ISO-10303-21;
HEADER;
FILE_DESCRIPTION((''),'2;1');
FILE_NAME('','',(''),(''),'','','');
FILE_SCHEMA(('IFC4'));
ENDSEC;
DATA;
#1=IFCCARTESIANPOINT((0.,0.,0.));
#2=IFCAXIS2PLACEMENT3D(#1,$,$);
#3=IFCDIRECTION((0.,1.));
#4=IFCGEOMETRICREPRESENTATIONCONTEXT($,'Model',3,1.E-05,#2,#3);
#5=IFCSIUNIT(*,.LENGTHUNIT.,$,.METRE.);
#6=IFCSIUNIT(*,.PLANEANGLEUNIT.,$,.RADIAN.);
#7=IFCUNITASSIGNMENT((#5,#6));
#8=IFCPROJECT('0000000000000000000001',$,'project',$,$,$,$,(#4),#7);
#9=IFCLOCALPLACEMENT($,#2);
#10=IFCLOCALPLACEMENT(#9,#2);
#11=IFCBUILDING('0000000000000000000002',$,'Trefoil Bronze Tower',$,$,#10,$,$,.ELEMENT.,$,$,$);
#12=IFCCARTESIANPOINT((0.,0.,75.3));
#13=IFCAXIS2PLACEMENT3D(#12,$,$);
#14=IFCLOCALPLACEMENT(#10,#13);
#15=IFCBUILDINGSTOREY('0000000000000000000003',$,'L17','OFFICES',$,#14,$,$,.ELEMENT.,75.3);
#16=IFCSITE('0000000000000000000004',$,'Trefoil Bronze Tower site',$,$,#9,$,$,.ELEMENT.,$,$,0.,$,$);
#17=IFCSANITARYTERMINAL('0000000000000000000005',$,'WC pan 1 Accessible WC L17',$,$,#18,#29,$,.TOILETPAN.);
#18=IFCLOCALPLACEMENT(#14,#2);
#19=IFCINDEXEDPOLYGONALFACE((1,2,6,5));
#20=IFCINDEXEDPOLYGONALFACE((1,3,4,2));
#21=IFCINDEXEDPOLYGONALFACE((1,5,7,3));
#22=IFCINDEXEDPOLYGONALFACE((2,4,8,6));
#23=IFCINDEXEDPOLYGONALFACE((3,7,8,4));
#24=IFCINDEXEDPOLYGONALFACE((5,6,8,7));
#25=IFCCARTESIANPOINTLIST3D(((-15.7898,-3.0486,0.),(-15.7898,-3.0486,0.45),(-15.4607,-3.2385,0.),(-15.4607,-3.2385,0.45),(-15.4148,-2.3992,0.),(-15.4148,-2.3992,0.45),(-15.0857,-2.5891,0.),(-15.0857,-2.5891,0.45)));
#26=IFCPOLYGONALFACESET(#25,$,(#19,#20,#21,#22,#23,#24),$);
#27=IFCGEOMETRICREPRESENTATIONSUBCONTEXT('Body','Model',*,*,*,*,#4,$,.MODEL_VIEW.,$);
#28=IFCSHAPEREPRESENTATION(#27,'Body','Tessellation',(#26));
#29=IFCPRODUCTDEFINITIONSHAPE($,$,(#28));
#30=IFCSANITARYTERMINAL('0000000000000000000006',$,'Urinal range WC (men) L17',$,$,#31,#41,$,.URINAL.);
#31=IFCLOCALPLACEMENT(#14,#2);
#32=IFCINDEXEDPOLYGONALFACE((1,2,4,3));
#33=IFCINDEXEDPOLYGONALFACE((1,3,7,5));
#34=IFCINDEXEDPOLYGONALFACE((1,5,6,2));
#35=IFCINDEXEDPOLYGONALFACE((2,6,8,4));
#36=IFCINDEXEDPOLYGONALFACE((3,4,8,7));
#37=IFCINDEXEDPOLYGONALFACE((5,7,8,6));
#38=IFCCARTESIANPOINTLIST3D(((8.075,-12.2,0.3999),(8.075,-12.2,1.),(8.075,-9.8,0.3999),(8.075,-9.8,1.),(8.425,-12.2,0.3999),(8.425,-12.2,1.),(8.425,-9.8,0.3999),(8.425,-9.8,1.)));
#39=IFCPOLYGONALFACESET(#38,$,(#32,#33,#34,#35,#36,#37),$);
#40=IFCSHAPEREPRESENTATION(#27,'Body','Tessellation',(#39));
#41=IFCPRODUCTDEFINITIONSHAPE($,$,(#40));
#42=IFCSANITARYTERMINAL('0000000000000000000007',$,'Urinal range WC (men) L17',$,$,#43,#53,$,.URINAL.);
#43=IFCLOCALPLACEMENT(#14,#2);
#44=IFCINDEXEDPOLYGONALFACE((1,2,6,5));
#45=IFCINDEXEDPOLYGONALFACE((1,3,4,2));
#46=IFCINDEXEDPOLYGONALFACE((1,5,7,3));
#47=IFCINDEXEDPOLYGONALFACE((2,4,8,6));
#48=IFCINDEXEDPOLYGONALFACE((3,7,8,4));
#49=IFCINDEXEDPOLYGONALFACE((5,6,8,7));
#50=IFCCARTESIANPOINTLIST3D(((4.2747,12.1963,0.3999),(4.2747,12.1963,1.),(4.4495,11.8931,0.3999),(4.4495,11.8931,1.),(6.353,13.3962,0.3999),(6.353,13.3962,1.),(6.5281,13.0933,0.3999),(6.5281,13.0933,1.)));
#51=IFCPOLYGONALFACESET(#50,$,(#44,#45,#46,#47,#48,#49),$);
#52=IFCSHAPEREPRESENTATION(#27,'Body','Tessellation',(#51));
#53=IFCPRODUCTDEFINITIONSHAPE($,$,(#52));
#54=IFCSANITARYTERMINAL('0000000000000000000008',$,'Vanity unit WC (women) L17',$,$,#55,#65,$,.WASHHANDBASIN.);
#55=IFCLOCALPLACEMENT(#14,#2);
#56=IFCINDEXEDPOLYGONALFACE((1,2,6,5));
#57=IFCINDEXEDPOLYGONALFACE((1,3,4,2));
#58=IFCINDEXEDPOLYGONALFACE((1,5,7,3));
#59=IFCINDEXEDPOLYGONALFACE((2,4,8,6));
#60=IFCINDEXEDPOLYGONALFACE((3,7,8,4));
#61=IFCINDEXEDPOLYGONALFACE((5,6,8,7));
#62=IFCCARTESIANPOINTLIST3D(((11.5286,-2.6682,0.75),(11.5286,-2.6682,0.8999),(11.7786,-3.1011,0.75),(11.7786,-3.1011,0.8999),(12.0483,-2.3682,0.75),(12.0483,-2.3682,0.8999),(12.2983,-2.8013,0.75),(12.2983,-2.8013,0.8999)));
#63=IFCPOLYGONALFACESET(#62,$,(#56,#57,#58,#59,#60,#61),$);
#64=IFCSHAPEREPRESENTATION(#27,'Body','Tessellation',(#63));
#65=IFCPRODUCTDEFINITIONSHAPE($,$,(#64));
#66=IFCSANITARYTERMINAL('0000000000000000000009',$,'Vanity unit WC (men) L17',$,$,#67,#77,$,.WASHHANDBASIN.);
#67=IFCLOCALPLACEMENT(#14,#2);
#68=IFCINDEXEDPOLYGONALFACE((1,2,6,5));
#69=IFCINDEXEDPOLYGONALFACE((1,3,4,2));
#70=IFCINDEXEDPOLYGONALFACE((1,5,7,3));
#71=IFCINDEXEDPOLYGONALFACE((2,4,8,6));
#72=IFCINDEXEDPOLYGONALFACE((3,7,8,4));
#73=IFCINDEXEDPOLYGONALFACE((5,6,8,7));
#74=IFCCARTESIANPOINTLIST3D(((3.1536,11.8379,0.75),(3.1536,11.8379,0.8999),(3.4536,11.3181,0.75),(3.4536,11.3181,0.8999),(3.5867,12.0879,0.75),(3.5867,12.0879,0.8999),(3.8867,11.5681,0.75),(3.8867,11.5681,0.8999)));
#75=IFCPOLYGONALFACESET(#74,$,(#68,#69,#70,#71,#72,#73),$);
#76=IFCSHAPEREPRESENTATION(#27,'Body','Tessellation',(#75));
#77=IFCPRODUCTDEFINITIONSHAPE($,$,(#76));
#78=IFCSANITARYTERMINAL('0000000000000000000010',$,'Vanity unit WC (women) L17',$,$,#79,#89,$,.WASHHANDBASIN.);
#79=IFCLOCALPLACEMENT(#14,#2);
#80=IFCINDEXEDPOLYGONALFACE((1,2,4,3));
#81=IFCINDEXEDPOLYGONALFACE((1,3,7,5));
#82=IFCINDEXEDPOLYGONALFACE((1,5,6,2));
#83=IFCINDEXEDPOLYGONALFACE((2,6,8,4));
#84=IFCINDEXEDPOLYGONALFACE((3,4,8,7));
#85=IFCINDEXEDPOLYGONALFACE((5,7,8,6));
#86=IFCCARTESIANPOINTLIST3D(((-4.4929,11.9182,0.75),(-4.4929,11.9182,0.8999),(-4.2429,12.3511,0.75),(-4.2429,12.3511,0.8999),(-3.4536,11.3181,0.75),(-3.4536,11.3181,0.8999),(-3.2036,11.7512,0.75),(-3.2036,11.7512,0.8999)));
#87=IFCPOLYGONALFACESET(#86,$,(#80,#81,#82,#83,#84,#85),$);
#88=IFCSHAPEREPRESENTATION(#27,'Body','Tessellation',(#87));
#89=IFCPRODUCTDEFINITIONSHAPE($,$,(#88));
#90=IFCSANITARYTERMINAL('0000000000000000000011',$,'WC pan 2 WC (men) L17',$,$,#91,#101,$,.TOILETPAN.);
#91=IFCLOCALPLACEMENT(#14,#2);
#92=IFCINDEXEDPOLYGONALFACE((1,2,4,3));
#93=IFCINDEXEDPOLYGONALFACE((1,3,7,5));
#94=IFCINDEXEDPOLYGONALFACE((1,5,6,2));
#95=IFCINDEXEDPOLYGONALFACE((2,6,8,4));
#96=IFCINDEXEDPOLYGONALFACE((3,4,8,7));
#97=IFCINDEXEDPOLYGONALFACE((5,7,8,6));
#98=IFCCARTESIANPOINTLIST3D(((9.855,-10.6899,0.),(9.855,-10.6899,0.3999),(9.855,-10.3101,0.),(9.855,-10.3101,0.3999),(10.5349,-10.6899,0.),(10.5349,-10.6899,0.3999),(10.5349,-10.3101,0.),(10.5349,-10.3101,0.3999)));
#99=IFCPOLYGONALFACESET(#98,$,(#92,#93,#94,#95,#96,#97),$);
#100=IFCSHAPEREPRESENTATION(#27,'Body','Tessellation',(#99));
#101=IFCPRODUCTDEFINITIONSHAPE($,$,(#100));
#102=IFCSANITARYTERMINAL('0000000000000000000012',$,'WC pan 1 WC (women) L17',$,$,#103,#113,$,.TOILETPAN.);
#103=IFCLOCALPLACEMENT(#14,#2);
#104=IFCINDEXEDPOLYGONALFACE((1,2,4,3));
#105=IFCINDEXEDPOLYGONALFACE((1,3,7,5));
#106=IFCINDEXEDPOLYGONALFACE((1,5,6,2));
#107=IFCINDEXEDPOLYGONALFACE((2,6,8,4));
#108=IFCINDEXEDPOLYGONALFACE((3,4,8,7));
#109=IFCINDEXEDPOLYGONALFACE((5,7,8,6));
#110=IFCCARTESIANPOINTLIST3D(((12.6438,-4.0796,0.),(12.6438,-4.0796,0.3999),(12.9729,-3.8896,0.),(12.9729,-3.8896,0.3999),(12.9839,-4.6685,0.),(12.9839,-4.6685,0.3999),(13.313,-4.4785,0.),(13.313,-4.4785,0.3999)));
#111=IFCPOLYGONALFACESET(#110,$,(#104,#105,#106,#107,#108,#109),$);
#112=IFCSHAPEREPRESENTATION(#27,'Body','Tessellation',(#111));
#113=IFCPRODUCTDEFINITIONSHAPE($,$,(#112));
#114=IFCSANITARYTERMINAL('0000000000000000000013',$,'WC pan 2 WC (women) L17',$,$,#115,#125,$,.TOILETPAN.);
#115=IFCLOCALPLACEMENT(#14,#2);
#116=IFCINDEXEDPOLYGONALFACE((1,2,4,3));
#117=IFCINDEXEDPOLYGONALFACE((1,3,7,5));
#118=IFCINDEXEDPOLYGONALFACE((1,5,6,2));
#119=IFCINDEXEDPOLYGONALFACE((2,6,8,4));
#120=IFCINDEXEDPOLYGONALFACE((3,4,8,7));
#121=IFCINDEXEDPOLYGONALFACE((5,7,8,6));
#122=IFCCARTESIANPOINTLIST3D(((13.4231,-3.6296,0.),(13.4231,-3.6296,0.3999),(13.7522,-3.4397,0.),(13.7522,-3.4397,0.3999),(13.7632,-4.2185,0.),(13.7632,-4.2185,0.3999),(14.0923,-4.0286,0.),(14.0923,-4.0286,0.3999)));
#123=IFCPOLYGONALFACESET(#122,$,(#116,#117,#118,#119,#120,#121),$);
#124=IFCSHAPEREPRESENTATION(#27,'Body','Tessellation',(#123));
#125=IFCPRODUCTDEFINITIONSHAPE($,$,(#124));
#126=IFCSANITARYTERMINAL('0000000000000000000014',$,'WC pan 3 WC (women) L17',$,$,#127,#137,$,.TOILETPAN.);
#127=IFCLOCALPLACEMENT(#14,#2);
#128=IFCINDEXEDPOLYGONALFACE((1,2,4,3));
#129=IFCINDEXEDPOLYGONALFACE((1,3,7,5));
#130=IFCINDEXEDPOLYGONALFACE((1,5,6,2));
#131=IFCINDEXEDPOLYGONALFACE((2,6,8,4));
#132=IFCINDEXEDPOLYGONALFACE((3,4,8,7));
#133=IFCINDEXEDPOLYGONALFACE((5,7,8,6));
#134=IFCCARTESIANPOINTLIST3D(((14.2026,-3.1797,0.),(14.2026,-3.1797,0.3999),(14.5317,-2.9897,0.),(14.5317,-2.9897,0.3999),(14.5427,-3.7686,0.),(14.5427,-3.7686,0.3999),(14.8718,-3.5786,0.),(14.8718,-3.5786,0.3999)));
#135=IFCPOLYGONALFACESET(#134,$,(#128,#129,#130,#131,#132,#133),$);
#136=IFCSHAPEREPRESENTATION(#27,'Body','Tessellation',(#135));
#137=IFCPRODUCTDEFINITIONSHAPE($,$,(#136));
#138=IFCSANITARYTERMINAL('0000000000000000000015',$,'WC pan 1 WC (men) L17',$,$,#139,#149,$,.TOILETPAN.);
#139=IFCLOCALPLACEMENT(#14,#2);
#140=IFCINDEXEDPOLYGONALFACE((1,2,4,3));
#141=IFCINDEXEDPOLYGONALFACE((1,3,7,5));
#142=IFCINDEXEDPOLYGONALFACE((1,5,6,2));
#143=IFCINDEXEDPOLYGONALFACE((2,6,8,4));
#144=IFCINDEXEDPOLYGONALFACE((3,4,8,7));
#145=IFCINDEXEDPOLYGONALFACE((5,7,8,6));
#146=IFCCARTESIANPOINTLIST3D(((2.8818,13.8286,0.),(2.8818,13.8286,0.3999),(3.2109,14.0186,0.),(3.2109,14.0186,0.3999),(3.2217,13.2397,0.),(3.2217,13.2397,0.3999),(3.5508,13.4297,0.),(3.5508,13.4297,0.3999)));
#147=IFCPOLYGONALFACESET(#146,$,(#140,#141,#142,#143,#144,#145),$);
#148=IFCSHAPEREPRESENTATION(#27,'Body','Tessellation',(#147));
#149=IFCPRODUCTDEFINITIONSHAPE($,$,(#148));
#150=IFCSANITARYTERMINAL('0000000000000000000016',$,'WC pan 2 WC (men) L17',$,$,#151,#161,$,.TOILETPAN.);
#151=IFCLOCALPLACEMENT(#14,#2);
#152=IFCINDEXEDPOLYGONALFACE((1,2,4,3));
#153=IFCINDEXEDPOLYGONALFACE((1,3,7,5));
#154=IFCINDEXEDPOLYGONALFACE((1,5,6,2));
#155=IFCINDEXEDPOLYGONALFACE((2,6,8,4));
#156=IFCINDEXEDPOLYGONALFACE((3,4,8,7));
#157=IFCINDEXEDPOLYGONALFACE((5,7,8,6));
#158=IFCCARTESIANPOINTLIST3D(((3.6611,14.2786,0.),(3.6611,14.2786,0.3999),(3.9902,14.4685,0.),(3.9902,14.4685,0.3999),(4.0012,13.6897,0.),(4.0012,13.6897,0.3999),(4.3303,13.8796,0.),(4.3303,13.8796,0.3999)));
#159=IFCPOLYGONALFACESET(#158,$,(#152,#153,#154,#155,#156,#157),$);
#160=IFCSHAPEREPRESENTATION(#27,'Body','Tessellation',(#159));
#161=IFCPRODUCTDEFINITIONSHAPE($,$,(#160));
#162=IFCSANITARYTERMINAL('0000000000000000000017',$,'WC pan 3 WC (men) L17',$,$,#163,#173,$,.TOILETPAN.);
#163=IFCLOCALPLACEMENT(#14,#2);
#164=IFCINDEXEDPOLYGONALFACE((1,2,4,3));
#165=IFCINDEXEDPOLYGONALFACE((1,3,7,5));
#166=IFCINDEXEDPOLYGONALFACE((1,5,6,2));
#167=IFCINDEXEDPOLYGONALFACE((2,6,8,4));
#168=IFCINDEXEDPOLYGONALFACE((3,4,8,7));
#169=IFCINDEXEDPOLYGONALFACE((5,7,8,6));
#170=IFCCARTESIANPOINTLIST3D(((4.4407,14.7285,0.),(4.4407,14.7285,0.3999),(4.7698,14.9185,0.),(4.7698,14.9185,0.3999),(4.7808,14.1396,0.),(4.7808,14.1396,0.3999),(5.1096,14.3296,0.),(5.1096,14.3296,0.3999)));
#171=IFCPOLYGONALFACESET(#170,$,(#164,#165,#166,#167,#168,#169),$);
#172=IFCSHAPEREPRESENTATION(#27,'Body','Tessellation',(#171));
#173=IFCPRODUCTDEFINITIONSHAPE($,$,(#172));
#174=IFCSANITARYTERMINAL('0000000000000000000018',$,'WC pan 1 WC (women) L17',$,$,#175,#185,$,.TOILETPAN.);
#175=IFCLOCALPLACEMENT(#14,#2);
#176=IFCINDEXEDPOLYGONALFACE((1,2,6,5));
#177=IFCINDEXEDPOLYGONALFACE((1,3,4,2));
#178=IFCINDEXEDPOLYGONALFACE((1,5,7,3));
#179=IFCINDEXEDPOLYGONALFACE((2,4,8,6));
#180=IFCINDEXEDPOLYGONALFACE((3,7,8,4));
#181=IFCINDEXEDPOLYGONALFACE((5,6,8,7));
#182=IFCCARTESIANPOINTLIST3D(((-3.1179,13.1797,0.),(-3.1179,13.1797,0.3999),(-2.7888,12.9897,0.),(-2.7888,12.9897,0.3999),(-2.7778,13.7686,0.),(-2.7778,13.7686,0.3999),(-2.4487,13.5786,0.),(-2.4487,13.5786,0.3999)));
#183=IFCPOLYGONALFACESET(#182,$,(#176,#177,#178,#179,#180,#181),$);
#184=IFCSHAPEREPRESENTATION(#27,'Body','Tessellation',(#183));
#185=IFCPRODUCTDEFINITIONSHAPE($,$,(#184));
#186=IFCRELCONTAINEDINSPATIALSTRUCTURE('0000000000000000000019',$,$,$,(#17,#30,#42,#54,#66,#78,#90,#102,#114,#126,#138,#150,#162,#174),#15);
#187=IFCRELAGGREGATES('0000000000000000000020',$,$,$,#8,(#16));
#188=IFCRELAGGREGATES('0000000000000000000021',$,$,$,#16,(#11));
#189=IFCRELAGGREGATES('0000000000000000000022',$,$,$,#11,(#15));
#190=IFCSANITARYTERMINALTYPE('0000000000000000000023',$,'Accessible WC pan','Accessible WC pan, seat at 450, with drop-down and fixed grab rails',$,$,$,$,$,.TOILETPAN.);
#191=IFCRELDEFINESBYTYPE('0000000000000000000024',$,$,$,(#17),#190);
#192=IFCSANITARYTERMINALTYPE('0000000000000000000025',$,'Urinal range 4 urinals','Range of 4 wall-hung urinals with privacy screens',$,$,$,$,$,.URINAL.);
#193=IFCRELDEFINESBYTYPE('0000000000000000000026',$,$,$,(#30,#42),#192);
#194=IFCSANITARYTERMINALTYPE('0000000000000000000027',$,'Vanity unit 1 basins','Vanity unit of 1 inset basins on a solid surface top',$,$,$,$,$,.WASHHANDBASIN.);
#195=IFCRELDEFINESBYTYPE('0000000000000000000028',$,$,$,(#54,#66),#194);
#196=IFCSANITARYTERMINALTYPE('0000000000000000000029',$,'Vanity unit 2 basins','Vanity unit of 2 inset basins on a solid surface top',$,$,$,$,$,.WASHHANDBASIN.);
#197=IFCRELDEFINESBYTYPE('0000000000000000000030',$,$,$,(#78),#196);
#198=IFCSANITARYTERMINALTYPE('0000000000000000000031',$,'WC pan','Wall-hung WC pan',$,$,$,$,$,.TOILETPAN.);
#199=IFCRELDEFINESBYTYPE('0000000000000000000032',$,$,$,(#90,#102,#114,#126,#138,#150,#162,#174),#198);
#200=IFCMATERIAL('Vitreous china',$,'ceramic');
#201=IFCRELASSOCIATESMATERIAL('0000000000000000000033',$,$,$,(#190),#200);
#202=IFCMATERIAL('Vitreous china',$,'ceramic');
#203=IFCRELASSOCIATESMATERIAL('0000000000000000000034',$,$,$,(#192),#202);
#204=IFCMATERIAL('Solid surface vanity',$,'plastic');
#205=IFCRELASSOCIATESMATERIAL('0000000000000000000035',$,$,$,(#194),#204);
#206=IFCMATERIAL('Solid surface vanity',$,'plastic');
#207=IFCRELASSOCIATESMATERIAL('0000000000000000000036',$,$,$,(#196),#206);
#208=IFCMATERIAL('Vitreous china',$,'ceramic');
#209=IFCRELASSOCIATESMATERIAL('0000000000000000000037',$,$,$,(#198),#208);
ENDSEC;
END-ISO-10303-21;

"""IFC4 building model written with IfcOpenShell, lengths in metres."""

from ifc_helpers import new_model, si_unit, direction, frame, origin, place, context, subcontext, project, spatial, polyline, outline, extrude, material, type_object, element, save


model = new_model("IFC4")

# Units and contexts
model_context = context("Model", 3, precision=1e-05, world=origin(), true_north=direction((0.0, 1.0)))
body_context = subcontext(model_context, "Body", "Model", "MODEL_VIEW")
ifc_project = project(units=[si_unit("LENGTHUNIT", "METRE"), si_unit("PLANEANGLEUNIT", "RADIAN")], contexts=[model_context])

# Site, building, storey
site_placement = place(None, origin())
site = spatial("IfcSite", under=ifc_project, at=site_placement, Name="Trefoil Bronze Tower site", CompositionType="ELEMENT", RefElevation=0.0)
building_placement = place(site_placement, origin())
building = spatial("IfcBuilding", under=site, at=building_placement, Name="Trefoil Bronze Tower", CompositionType="ELEMENT")
storey_placement = place(building_placement, frame((0.0, 0.0, 75.3)))
storey = spatial("IfcBuildingStorey", under=building, at=storey_placement, Name="L17", Description="OFFICES", CompositionType="ELEMENT", Elevation=75.3)

# Sanitary terminals
ifc_material_1 = material(Name="Vitreous china", Category="ceramic")
sanitary_terminal_type_1 = type_object("IfcSanitaryTerminalType", Name="Accessible WC pan", Description="Accessible WC pan, seat at 450, with drop-down and fixed grab rails", PredefinedType="TOILETPAN", material=ifc_material_1)
sanitary_terminal_1_placement = place(storey_placement, origin())
element("IfcSanitaryTerminal", 1, at=sanitary_terminal_1_placement, inside=storey, type_object=sanitary_terminal_type_1, Name="WC pan 1 Accessible WC L17", PredefinedType="TOILETPAN", context=body_context, shape_type="SweptSolid", body=[
    extrude(outline(polyline([(-15.0857, -2.5891), (-15.4607, -3.2385), (-15.7898, -3.0486), (-15.4148, -2.3992), (-15.0857, -2.5891)])), origin(), (0.0, 0.0, 1.0), 0.45),
])
ifc_material_2 = material(Name="Vitreous china", Category="ceramic")
sanitary_terminal_type_2 = type_object("IfcSanitaryTerminalType", Name="Urinal range 4 urinals", Description="Range of 4 wall-hung urinals with privacy screens", PredefinedType="URINAL", material=ifc_material_2)
sanitary_terminal_2_placement = place(storey_placement, frame((0.0, 0.0, 0.3999)))
element("IfcSanitaryTerminal", 2, at=sanitary_terminal_2_placement, inside=storey, type_object=sanitary_terminal_type_2, Name="Urinal range WC (men) L17", PredefinedType="URINAL", context=body_context, shape_type="SweptSolid", body=[
    extrude(outline(polyline([(8.075, -9.8), (8.425, -9.8), (8.425, -12.2), (8.075, -12.2), (8.075, -9.8)])), origin(), (0.0, 0.0, 1.0), 0.6001),
])
sanitary_terminal_3_placement = place(storey_placement, frame((0.0, 0.0, 0.3999)))
element("IfcSanitaryTerminal", 3, at=sanitary_terminal_3_placement, inside=storey, type_object=sanitary_terminal_type_2, Name="Urinal range WC (men) L17", PredefinedType="URINAL", context=body_context, shape_type="SweptSolid", body=[
    extrude(outline(polyline([(4.4495, 11.8931), (4.2747, 12.1963), (6.353, 13.3962), (6.5281, 13.0933), (4.4495, 11.8931)])), origin(), (0.0, 0.0, 1.0), 0.6001),
])
ifc_material_3 = material(Name="Solid surface vanity", Category="plastic")
sanitary_terminal_type_3 = type_object("IfcSanitaryTerminalType", Name="Vanity unit 1 basins", Description="Vanity unit of 1 inset basins on a solid surface top", PredefinedType="WASHHANDBASIN", material=ifc_material_3)
sanitary_terminal_4_placement = place(storey_placement, frame((0.0, 0.0, 0.75)))
element("IfcSanitaryTerminal", 4, at=sanitary_terminal_4_placement, inside=storey, type_object=sanitary_terminal_type_3, Name="Vanity unit WC (women) L17", PredefinedType="WASHHANDBASIN", context=body_context, shape_type="SweptSolid", body=[
    extrude(outline(polyline([(11.5286, -2.6682), (11.7786, -3.1011), (12.2983, -2.8013), (12.0483, -2.3682), (11.5286, -2.6682)])), origin(), (0.0, 0.0, 1.0), 0.1499),
])
sanitary_terminal_5_placement = place(storey_placement, frame((0.0, 0.0, 0.75)))
element("IfcSanitaryTerminal", 5, at=sanitary_terminal_5_placement, inside=storey, type_object=sanitary_terminal_type_3, Name="Vanity unit WC (men) L17", PredefinedType="WASHHANDBASIN", context=body_context, shape_type="SweptSolid", body=[
    extrude(outline(polyline([(3.4536, 11.3181), (3.1536, 11.8379), (3.5867, 12.0879), (3.8867, 11.5681), (3.4536, 11.3181)])), origin(), (0.0, 0.0, 1.0), 0.1499),
])
ifc_material_4 = material(Name="Solid surface vanity", Category="plastic")
sanitary_terminal_type_4 = type_object("IfcSanitaryTerminalType", Name="Vanity unit 2 basins", Description="Vanity unit of 2 inset basins on a solid surface top", PredefinedType="WASHHANDBASIN", material=ifc_material_4)
sanitary_terminal_6_placement = place(storey_placement, frame((0.0, 0.0, 0.75)))
element("IfcSanitaryTerminal", 6, at=sanitary_terminal_6_placement, inside=storey, type_object=sanitary_terminal_type_4, Name="Vanity unit WC (women) L17", PredefinedType="WASHHANDBASIN", context=body_context, shape_type="SweptSolid", body=[
    extrude(outline(polyline([(-3.4536, 11.3181), (-3.2036, 11.7512), (-4.2429, 12.3511), (-4.4929, 11.9182), (-3.4536, 11.3181)])), origin(), (0.0, 0.0, 1.0), 0.1499),
])
ifc_material_5 = material(Name="Vitreous china", Category="ceramic")
sanitary_terminal_type_5 = type_object("IfcSanitaryTerminalType", Name="WC pan", Description="Wall-hung WC pan", PredefinedType="TOILETPAN", material=ifc_material_5)
sanitary_terminal_7_placement = place(storey_placement, origin())
element("IfcSanitaryTerminal", 7, at=sanitary_terminal_7_placement, inside=storey, type_object=sanitary_terminal_type_5, Name="WC pan 2 WC (men) L17", PredefinedType="TOILETPAN", context=body_context, shape_type="SweptSolid", body=[
    extrude(outline(polyline([(9.855, -10.3101), (10.5349, -10.3101), (10.5349, -10.6899), (9.855, -10.6899), (9.855, -10.3101)])), origin(), (0.0, 0.0, 1.0), 0.3999),
])
sanitary_terminal_8_placement = place(storey_placement, origin())
element("IfcSanitaryTerminal", 8, at=sanitary_terminal_8_placement, inside=storey, type_object=sanitary_terminal_type_5, Name="WC pan 1 WC (women) L17", PredefinedType="TOILETPAN", context=body_context, shape_type="SweptSolid", body=[
    extrude(outline(polyline([(12.6438, -4.0796), (12.9839, -4.6685), (13.313, -4.4785), (12.9729, -3.8896), (12.6438, -4.0796)])), origin(), (0.0, 0.0, 1.0), 0.3999),
])
sanitary_terminal_9_placement = place(storey_placement, origin())
element("IfcSanitaryTerminal", 9, at=sanitary_terminal_9_placement, inside=storey, type_object=sanitary_terminal_type_5, Name="WC pan 2 WC (women) L17", PredefinedType="TOILETPAN", context=body_context, shape_type="SweptSolid", body=[
    extrude(outline(polyline([(13.4231, -3.6296), (13.7632, -4.2185), (14.0923, -4.0286), (13.7522, -3.4397), (13.4231, -3.6296)])), origin(), (0.0, 0.0, 1.0), 0.3999),
])
sanitary_terminal_10_placement = place(storey_placement, origin())
element("IfcSanitaryTerminal", 10, at=sanitary_terminal_10_placement, inside=storey, type_object=sanitary_terminal_type_5, Name="WC pan 3 WC (women) L17", PredefinedType="TOILETPAN", context=body_context, shape_type="SweptSolid", body=[
    extrude(outline(polyline([(14.2026, -3.1797), (14.5427, -3.7686), (14.8718, -3.5786), (14.5317, -2.9897), (14.2026, -3.1797)])), origin(), (0.0, 0.0, 1.0), 0.3999),
])
sanitary_terminal_11_placement = place(storey_placement, origin())
element("IfcSanitaryTerminal", 11, at=sanitary_terminal_11_placement, inside=storey, type_object=sanitary_terminal_type_5, Name="WC pan 1 WC (men) L17", PredefinedType="TOILETPAN", context=body_context, shape_type="SweptSolid", body=[
    extrude(outline(polyline([(3.2217, 13.2397), (2.8818, 13.8286), (3.2109, 14.0186), (3.5508, 13.4297), (3.2217, 13.2397)])), origin(), (0.0, 0.0, 1.0), 0.3999),
])
sanitary_terminal_12_placement = place(storey_placement, origin())
element("IfcSanitaryTerminal", 12, at=sanitary_terminal_12_placement, inside=storey, type_object=sanitary_terminal_type_5, Name="WC pan 2 WC (men) L17", PredefinedType="TOILETPAN", context=body_context, shape_type="SweptSolid", body=[
    extrude(outline(polyline([(4.0012, 13.6897), (3.6611, 14.2786), (3.9902, 14.4685), (4.3303, 13.8796), (4.0012, 13.6897)])), origin(), (0.0, 0.0, 1.0), 0.3999),
])
sanitary_terminal_13_placement = place(storey_placement, origin())
element("IfcSanitaryTerminal", 13, at=sanitary_terminal_13_placement, inside=storey, type_object=sanitary_terminal_type_5, Name="WC pan 3 WC (men) L17", PredefinedType="TOILETPAN", context=body_context, shape_type="SweptSolid", body=[
    extrude(outline(polyline([(4.7808, 14.1396), (4.4407, 14.7285), (4.7698, 14.9185), (5.1096, 14.3296), (4.7808, 14.1396)])), origin(), (0.0, 0.0, 1.0), 0.3999),
])
sanitary_terminal_14_placement = place(storey_placement, origin())
element("IfcSanitaryTerminal", 14, at=sanitary_terminal_14_placement, inside=storey, type_object=sanitary_terminal_type_5, Name="WC pan 1 WC (women) L17", PredefinedType="TOILETPAN", context=body_context, shape_type="SweptSolid", body=[
    extrude(outline(polyline([(-2.7888, 12.9897), (-2.4487, 13.5786), (-2.7778, 13.7686), (-3.1179, 13.1797), (-2.7888, 12.9897)])), origin(), (0.0, 0.0, 1.0), 0.3999),
])

save(model, "model.ifc")
